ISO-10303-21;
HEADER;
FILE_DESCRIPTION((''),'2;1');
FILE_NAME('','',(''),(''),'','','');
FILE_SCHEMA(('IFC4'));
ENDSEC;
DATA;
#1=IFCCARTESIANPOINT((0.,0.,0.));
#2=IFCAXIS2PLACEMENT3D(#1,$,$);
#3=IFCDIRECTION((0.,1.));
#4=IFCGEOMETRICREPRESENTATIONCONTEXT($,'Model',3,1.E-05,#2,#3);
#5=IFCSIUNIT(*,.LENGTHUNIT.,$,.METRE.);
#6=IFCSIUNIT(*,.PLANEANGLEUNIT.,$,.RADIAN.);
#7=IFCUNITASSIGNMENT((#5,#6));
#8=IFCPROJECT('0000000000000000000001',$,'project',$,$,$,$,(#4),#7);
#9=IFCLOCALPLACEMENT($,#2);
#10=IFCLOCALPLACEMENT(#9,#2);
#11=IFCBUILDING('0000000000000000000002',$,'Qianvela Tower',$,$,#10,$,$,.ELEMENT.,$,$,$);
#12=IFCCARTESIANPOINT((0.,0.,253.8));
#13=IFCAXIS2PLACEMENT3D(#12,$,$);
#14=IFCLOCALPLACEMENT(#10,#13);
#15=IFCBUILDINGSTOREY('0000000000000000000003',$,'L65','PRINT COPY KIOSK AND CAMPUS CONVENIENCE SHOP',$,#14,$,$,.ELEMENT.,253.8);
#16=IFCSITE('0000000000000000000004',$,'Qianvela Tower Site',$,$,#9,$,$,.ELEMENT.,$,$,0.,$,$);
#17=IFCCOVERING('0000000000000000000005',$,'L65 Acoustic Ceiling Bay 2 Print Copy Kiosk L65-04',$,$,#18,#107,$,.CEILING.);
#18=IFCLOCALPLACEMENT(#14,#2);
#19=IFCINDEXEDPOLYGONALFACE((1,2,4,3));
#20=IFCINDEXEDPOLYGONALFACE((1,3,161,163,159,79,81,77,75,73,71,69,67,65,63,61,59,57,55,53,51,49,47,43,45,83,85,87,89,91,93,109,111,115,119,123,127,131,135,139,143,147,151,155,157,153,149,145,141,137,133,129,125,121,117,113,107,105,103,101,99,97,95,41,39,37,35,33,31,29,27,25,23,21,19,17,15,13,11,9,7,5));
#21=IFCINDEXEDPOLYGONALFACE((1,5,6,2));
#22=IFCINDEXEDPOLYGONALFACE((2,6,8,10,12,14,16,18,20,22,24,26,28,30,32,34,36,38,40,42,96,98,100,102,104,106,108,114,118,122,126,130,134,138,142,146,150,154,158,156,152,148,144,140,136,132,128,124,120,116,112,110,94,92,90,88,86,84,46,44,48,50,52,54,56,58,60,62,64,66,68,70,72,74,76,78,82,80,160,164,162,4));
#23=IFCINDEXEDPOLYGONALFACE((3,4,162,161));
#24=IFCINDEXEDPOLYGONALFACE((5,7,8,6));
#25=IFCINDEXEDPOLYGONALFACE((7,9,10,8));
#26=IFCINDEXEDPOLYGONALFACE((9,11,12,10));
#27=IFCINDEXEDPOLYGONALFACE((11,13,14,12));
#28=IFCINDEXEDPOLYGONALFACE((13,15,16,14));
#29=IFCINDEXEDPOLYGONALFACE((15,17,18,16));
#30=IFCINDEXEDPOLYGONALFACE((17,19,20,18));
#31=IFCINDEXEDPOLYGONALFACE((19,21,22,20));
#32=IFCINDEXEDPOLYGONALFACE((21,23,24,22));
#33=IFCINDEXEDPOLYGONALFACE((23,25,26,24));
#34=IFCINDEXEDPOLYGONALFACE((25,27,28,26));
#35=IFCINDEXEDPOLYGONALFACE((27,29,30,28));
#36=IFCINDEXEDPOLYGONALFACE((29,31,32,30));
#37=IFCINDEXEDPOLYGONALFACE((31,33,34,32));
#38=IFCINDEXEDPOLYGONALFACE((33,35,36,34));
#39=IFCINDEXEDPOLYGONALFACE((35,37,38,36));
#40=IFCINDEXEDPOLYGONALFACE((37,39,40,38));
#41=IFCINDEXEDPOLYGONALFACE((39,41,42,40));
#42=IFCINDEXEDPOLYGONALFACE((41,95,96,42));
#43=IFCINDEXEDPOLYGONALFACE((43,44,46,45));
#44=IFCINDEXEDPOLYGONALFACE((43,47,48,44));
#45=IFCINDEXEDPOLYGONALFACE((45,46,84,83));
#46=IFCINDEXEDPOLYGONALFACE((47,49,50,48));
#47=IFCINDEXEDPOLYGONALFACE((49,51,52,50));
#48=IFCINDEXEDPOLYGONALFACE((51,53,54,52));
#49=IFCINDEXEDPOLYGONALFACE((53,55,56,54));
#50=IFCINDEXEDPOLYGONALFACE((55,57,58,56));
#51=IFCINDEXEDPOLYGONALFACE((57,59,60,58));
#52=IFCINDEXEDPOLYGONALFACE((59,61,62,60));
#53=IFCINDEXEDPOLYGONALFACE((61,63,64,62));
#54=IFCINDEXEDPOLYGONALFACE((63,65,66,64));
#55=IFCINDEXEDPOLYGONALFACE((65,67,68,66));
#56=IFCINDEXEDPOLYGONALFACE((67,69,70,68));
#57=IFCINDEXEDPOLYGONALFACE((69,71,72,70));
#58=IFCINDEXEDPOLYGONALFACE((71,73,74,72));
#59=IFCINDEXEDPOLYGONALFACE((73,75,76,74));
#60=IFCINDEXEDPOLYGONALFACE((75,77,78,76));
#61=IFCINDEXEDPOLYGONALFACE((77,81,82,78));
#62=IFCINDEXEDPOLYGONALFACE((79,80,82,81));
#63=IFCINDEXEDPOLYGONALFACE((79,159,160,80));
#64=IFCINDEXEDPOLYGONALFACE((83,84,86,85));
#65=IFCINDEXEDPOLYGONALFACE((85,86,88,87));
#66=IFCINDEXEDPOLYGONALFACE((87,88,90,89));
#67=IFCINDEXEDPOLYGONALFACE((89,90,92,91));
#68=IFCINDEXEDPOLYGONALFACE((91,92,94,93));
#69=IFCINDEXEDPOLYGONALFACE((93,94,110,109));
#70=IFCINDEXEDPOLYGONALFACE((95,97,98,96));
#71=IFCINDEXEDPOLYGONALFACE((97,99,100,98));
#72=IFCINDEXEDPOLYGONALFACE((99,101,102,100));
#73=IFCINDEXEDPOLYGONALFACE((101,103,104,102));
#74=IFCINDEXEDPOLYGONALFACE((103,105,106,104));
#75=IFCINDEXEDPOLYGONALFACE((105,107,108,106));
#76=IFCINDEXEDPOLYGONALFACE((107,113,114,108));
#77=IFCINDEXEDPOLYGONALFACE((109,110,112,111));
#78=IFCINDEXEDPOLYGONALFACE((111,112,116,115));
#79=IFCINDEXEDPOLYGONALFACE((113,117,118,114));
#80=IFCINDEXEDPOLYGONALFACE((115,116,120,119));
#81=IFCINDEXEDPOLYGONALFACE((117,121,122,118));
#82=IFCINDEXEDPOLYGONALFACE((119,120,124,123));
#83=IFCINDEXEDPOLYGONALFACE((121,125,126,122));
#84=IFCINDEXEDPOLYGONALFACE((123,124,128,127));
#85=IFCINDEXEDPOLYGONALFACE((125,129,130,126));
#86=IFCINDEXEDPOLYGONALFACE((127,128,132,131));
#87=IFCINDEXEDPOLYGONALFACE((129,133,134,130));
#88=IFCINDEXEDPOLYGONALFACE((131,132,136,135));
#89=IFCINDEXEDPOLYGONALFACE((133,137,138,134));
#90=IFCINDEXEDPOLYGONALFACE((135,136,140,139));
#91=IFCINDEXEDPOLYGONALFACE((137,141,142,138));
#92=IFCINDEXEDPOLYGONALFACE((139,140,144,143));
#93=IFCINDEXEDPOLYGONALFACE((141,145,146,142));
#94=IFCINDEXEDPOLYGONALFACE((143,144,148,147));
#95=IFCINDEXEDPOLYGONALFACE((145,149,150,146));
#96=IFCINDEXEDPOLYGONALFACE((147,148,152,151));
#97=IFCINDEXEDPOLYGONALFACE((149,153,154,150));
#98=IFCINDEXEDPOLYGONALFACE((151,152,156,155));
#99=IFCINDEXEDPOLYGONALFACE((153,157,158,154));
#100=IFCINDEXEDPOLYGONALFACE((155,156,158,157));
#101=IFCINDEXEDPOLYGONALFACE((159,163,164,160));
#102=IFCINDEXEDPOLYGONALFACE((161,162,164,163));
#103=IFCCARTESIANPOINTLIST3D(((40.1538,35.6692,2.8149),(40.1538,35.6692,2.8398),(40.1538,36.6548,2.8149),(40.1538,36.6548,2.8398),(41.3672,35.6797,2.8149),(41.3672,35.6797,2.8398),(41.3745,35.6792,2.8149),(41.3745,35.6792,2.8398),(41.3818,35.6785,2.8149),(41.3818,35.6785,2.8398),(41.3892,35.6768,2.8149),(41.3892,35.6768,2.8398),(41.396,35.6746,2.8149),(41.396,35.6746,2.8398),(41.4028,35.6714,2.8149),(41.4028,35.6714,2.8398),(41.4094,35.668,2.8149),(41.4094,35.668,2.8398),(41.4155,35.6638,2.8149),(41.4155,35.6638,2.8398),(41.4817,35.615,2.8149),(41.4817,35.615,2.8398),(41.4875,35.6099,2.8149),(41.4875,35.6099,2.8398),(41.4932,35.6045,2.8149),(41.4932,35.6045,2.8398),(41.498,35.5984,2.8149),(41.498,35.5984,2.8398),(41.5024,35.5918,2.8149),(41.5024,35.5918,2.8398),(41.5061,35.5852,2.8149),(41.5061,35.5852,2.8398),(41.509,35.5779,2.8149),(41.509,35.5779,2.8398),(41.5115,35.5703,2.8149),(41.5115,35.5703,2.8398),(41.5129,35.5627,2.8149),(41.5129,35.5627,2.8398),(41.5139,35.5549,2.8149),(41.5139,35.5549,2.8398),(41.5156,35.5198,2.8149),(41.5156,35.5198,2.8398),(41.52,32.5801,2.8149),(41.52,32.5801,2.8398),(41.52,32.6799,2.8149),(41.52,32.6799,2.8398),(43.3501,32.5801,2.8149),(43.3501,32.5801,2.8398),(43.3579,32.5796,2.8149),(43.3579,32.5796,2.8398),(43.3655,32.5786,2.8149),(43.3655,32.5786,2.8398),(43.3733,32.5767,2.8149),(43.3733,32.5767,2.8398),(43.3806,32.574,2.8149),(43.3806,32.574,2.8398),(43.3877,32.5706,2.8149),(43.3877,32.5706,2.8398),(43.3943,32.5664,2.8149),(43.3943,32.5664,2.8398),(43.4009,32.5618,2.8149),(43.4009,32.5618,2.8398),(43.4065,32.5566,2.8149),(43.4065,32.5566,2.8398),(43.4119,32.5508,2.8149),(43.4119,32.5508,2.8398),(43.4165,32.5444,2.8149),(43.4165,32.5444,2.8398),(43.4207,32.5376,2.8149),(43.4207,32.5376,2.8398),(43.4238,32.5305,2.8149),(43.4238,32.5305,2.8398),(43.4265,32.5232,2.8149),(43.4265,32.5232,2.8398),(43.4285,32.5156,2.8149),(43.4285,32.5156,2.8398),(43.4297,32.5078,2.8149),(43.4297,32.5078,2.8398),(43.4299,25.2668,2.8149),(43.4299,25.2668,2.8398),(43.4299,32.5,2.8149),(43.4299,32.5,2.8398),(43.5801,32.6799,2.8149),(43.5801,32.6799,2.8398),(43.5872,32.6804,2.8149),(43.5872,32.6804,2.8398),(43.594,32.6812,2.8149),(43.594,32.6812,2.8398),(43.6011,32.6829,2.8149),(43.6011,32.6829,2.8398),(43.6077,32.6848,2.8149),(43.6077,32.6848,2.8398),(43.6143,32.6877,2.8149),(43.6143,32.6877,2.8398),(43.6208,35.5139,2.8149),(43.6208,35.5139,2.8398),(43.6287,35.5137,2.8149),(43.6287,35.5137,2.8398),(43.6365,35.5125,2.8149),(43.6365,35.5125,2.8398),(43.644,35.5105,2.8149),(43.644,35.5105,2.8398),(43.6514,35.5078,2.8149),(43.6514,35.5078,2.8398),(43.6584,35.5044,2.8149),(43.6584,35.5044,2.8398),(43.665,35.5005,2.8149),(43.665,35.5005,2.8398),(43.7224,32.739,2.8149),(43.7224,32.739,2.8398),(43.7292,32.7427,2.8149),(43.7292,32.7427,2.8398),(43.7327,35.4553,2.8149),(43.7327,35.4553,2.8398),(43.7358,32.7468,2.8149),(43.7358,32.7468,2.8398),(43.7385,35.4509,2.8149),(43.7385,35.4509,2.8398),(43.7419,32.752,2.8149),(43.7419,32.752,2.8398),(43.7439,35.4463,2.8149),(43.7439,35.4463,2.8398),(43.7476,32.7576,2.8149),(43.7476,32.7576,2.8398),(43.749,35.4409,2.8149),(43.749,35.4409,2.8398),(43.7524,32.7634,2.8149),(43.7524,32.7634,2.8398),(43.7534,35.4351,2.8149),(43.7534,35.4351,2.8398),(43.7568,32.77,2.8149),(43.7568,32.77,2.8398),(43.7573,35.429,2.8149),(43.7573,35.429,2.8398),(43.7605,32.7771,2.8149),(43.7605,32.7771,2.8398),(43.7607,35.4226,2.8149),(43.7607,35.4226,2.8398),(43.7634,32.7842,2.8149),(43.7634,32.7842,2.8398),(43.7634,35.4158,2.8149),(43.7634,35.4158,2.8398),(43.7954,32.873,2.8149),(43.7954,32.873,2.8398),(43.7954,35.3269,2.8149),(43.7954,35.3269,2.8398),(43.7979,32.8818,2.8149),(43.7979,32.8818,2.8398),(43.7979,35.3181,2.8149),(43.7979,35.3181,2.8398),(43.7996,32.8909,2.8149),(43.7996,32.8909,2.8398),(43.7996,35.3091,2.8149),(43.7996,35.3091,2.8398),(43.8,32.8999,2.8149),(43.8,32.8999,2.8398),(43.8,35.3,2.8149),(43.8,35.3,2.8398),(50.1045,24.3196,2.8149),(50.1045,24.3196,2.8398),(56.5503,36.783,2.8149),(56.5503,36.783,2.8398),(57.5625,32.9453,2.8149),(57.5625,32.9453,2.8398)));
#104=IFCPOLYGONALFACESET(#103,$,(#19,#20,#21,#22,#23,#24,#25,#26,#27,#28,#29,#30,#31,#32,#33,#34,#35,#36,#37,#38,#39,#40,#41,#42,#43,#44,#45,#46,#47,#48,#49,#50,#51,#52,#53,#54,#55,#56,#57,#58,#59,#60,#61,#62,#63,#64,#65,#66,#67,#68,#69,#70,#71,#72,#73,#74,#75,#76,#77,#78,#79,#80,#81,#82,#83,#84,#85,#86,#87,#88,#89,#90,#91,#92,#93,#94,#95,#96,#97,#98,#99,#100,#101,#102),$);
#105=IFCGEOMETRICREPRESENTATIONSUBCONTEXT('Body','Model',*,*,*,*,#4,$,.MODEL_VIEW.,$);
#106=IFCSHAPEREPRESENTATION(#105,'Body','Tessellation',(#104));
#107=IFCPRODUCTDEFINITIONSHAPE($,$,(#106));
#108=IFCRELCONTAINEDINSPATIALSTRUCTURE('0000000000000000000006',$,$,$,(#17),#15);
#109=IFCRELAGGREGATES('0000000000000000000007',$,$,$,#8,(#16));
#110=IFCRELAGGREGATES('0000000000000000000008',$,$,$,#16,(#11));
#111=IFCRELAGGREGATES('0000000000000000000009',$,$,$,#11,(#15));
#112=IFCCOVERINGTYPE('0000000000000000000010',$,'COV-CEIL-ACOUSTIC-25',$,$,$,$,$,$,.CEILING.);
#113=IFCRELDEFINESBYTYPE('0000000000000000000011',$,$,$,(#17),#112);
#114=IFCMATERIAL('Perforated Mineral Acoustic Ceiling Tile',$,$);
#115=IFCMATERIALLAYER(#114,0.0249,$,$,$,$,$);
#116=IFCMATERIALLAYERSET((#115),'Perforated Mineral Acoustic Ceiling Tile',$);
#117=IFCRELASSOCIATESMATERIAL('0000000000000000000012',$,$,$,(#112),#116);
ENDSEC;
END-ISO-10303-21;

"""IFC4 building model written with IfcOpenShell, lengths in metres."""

from ifc_helpers import new_model, si_unit, direction, frame, origin, place, context, subcontext, project, spatial, polyline, outline, extrude, material, layer, layer_set, type_object, element, save


model = new_model("IFC4")

# Units and contexts
model_context = context("Model", 3, precision=1e-05, world=origin(), true_north=direction((0.0, 1.0)))
body_context = subcontext(model_context, "Body", "Model", "MODEL_VIEW")
ifc_project = project(units=[si_unit("LENGTHUNIT", "METRE"), si_unit("PLANEANGLEUNIT", "RADIAN")], contexts=[model_context])

# Site, building, storey
site_placement = place(None, origin())
site = spatial("IfcSite", under=ifc_project, at=site_placement, Name="Qianvela Tower Site", CompositionType="ELEMENT", RefElevation=0.0)
building_placement = place(site_placement, origin())
building = spatial("IfcBuilding", under=site, at=building_placement, Name="Qianvela Tower", CompositionType="ELEMENT")
storey_placement = place(building_placement, frame((0.0, 0.0, 253.8)))
storey = spatial("IfcBuildingStorey", under=building, at=storey_placement, Name="L65", Description="PRINT COPY KIOSK AND CAMPUS CONVENIENCE SHOP", CompositionType="ELEMENT", Elevation=253.8)

# Covering
ifc_material_1 = material(Name="Perforated Mineral Acoustic Ceiling Tile")
ifc_layer_1 = layer(ifc_material_1, 0.0249)
ifc_layer_set_1 = layer_set([ifc_layer_1], Name="Perforated Mineral Acoustic Ceiling Tile")
covering_type_1 = type_object("IfcCoveringType", Name="COV-CEIL-ACOUSTIC-25", PredefinedType="CEILING", material=ifc_layer_set_1)
covering_1_placement = place(storey_placement, frame((0.0, 0.0, 2.8149)))
element("IfcCovering", 1, at=covering_1_placement, inside=storey, type_object=covering_type_1, Name="L65 Acoustic Ceiling Bay 2 Print Copy Kiosk L65-04", PredefinedType="CEILING", context=body_context, shape_type="SweptSolid", body=[
    extrude(outline(polyline([(56.5503, 36.783), (57.5625, 32.9453), (50.1045, 24.3196), (43.4299, 25.2668), (43.4299, 32.5), (43.4297, 32.5078), (43.4285, 32.5156), (43.4265, 32.5232), (43.4238, 32.5305), (43.4207, 32.5376), (43.4165, 32.5444), (43.4119, 32.5508), (43.4065, 32.5566), (43.4009, 32.5618), (43.3943, 32.5664), (43.3877, 32.5706), (43.3806, 32.574), (43.3733, 32.5767), (43.3655, 32.5786), (43.3579, 32.5796), (43.3501, 32.5801), (41.52, 32.5801), (41.52, 32.6799), (43.5801, 32.6799), (43.5872, 32.6804), (43.594, 32.6812), (43.6011, 32.6829), (43.6077, 32.6848), (43.6143, 32.6877), (43.7224, 32.739), (43.7292, 32.7427), (43.7358, 32.7468), (43.7419, 32.752), (43.7476, 32.7576), (43.7524, 32.7634), (43.7568, 32.77), (43.7605, 32.7771), (43.7634, 32.7842), (43.7954, 32.873), (43.7979, 32.8818), (43.7996, 32.8909), (43.8, 32.8999), (43.8, 35.3), (43.7996, 35.3091), (43.7979, 35.3181), (43.7954, 35.3269), (43.7634, 35.4158), (43.7607, 35.4226), (43.7573, 35.429), (43.7534, 35.4351), (43.749, 35.4409), (43.7439, 35.4463), (43.7385, 35.4509), (43.7327, 35.4553), (43.665, 35.5005), (43.6584, 35.5044), (43.6514, 35.5078), (43.644, 35.5105), (43.6365, 35.5125), (43.6287, 35.5137), (43.6208, 35.5139), (41.5156, 35.5198), (41.5139, 35.5549), (41.5129, 35.5627), (41.5115, 35.5703), (41.509, 35.5779), (41.5061, 35.5852), (41.5024, 35.5918), (41.498, 35.5984), (41.4932, 35.6045), (41.4875, 35.6099), (41.4817, 35.615), (41.4155, 35.6638), (41.4094, 35.668), (41.4028, 35.6714), (41.396, 35.6746), (41.3892, 35.6768), (41.3818, 35.6785), (41.3745, 35.6792), (41.3672, 35.6797), (40.1538, 35.6692), (40.1538, 36.6548), (56.5503, 36.783)])), origin(), (0.0, 0.0, 1.0), 0.0249),
])

save(model, "model.ifc")
